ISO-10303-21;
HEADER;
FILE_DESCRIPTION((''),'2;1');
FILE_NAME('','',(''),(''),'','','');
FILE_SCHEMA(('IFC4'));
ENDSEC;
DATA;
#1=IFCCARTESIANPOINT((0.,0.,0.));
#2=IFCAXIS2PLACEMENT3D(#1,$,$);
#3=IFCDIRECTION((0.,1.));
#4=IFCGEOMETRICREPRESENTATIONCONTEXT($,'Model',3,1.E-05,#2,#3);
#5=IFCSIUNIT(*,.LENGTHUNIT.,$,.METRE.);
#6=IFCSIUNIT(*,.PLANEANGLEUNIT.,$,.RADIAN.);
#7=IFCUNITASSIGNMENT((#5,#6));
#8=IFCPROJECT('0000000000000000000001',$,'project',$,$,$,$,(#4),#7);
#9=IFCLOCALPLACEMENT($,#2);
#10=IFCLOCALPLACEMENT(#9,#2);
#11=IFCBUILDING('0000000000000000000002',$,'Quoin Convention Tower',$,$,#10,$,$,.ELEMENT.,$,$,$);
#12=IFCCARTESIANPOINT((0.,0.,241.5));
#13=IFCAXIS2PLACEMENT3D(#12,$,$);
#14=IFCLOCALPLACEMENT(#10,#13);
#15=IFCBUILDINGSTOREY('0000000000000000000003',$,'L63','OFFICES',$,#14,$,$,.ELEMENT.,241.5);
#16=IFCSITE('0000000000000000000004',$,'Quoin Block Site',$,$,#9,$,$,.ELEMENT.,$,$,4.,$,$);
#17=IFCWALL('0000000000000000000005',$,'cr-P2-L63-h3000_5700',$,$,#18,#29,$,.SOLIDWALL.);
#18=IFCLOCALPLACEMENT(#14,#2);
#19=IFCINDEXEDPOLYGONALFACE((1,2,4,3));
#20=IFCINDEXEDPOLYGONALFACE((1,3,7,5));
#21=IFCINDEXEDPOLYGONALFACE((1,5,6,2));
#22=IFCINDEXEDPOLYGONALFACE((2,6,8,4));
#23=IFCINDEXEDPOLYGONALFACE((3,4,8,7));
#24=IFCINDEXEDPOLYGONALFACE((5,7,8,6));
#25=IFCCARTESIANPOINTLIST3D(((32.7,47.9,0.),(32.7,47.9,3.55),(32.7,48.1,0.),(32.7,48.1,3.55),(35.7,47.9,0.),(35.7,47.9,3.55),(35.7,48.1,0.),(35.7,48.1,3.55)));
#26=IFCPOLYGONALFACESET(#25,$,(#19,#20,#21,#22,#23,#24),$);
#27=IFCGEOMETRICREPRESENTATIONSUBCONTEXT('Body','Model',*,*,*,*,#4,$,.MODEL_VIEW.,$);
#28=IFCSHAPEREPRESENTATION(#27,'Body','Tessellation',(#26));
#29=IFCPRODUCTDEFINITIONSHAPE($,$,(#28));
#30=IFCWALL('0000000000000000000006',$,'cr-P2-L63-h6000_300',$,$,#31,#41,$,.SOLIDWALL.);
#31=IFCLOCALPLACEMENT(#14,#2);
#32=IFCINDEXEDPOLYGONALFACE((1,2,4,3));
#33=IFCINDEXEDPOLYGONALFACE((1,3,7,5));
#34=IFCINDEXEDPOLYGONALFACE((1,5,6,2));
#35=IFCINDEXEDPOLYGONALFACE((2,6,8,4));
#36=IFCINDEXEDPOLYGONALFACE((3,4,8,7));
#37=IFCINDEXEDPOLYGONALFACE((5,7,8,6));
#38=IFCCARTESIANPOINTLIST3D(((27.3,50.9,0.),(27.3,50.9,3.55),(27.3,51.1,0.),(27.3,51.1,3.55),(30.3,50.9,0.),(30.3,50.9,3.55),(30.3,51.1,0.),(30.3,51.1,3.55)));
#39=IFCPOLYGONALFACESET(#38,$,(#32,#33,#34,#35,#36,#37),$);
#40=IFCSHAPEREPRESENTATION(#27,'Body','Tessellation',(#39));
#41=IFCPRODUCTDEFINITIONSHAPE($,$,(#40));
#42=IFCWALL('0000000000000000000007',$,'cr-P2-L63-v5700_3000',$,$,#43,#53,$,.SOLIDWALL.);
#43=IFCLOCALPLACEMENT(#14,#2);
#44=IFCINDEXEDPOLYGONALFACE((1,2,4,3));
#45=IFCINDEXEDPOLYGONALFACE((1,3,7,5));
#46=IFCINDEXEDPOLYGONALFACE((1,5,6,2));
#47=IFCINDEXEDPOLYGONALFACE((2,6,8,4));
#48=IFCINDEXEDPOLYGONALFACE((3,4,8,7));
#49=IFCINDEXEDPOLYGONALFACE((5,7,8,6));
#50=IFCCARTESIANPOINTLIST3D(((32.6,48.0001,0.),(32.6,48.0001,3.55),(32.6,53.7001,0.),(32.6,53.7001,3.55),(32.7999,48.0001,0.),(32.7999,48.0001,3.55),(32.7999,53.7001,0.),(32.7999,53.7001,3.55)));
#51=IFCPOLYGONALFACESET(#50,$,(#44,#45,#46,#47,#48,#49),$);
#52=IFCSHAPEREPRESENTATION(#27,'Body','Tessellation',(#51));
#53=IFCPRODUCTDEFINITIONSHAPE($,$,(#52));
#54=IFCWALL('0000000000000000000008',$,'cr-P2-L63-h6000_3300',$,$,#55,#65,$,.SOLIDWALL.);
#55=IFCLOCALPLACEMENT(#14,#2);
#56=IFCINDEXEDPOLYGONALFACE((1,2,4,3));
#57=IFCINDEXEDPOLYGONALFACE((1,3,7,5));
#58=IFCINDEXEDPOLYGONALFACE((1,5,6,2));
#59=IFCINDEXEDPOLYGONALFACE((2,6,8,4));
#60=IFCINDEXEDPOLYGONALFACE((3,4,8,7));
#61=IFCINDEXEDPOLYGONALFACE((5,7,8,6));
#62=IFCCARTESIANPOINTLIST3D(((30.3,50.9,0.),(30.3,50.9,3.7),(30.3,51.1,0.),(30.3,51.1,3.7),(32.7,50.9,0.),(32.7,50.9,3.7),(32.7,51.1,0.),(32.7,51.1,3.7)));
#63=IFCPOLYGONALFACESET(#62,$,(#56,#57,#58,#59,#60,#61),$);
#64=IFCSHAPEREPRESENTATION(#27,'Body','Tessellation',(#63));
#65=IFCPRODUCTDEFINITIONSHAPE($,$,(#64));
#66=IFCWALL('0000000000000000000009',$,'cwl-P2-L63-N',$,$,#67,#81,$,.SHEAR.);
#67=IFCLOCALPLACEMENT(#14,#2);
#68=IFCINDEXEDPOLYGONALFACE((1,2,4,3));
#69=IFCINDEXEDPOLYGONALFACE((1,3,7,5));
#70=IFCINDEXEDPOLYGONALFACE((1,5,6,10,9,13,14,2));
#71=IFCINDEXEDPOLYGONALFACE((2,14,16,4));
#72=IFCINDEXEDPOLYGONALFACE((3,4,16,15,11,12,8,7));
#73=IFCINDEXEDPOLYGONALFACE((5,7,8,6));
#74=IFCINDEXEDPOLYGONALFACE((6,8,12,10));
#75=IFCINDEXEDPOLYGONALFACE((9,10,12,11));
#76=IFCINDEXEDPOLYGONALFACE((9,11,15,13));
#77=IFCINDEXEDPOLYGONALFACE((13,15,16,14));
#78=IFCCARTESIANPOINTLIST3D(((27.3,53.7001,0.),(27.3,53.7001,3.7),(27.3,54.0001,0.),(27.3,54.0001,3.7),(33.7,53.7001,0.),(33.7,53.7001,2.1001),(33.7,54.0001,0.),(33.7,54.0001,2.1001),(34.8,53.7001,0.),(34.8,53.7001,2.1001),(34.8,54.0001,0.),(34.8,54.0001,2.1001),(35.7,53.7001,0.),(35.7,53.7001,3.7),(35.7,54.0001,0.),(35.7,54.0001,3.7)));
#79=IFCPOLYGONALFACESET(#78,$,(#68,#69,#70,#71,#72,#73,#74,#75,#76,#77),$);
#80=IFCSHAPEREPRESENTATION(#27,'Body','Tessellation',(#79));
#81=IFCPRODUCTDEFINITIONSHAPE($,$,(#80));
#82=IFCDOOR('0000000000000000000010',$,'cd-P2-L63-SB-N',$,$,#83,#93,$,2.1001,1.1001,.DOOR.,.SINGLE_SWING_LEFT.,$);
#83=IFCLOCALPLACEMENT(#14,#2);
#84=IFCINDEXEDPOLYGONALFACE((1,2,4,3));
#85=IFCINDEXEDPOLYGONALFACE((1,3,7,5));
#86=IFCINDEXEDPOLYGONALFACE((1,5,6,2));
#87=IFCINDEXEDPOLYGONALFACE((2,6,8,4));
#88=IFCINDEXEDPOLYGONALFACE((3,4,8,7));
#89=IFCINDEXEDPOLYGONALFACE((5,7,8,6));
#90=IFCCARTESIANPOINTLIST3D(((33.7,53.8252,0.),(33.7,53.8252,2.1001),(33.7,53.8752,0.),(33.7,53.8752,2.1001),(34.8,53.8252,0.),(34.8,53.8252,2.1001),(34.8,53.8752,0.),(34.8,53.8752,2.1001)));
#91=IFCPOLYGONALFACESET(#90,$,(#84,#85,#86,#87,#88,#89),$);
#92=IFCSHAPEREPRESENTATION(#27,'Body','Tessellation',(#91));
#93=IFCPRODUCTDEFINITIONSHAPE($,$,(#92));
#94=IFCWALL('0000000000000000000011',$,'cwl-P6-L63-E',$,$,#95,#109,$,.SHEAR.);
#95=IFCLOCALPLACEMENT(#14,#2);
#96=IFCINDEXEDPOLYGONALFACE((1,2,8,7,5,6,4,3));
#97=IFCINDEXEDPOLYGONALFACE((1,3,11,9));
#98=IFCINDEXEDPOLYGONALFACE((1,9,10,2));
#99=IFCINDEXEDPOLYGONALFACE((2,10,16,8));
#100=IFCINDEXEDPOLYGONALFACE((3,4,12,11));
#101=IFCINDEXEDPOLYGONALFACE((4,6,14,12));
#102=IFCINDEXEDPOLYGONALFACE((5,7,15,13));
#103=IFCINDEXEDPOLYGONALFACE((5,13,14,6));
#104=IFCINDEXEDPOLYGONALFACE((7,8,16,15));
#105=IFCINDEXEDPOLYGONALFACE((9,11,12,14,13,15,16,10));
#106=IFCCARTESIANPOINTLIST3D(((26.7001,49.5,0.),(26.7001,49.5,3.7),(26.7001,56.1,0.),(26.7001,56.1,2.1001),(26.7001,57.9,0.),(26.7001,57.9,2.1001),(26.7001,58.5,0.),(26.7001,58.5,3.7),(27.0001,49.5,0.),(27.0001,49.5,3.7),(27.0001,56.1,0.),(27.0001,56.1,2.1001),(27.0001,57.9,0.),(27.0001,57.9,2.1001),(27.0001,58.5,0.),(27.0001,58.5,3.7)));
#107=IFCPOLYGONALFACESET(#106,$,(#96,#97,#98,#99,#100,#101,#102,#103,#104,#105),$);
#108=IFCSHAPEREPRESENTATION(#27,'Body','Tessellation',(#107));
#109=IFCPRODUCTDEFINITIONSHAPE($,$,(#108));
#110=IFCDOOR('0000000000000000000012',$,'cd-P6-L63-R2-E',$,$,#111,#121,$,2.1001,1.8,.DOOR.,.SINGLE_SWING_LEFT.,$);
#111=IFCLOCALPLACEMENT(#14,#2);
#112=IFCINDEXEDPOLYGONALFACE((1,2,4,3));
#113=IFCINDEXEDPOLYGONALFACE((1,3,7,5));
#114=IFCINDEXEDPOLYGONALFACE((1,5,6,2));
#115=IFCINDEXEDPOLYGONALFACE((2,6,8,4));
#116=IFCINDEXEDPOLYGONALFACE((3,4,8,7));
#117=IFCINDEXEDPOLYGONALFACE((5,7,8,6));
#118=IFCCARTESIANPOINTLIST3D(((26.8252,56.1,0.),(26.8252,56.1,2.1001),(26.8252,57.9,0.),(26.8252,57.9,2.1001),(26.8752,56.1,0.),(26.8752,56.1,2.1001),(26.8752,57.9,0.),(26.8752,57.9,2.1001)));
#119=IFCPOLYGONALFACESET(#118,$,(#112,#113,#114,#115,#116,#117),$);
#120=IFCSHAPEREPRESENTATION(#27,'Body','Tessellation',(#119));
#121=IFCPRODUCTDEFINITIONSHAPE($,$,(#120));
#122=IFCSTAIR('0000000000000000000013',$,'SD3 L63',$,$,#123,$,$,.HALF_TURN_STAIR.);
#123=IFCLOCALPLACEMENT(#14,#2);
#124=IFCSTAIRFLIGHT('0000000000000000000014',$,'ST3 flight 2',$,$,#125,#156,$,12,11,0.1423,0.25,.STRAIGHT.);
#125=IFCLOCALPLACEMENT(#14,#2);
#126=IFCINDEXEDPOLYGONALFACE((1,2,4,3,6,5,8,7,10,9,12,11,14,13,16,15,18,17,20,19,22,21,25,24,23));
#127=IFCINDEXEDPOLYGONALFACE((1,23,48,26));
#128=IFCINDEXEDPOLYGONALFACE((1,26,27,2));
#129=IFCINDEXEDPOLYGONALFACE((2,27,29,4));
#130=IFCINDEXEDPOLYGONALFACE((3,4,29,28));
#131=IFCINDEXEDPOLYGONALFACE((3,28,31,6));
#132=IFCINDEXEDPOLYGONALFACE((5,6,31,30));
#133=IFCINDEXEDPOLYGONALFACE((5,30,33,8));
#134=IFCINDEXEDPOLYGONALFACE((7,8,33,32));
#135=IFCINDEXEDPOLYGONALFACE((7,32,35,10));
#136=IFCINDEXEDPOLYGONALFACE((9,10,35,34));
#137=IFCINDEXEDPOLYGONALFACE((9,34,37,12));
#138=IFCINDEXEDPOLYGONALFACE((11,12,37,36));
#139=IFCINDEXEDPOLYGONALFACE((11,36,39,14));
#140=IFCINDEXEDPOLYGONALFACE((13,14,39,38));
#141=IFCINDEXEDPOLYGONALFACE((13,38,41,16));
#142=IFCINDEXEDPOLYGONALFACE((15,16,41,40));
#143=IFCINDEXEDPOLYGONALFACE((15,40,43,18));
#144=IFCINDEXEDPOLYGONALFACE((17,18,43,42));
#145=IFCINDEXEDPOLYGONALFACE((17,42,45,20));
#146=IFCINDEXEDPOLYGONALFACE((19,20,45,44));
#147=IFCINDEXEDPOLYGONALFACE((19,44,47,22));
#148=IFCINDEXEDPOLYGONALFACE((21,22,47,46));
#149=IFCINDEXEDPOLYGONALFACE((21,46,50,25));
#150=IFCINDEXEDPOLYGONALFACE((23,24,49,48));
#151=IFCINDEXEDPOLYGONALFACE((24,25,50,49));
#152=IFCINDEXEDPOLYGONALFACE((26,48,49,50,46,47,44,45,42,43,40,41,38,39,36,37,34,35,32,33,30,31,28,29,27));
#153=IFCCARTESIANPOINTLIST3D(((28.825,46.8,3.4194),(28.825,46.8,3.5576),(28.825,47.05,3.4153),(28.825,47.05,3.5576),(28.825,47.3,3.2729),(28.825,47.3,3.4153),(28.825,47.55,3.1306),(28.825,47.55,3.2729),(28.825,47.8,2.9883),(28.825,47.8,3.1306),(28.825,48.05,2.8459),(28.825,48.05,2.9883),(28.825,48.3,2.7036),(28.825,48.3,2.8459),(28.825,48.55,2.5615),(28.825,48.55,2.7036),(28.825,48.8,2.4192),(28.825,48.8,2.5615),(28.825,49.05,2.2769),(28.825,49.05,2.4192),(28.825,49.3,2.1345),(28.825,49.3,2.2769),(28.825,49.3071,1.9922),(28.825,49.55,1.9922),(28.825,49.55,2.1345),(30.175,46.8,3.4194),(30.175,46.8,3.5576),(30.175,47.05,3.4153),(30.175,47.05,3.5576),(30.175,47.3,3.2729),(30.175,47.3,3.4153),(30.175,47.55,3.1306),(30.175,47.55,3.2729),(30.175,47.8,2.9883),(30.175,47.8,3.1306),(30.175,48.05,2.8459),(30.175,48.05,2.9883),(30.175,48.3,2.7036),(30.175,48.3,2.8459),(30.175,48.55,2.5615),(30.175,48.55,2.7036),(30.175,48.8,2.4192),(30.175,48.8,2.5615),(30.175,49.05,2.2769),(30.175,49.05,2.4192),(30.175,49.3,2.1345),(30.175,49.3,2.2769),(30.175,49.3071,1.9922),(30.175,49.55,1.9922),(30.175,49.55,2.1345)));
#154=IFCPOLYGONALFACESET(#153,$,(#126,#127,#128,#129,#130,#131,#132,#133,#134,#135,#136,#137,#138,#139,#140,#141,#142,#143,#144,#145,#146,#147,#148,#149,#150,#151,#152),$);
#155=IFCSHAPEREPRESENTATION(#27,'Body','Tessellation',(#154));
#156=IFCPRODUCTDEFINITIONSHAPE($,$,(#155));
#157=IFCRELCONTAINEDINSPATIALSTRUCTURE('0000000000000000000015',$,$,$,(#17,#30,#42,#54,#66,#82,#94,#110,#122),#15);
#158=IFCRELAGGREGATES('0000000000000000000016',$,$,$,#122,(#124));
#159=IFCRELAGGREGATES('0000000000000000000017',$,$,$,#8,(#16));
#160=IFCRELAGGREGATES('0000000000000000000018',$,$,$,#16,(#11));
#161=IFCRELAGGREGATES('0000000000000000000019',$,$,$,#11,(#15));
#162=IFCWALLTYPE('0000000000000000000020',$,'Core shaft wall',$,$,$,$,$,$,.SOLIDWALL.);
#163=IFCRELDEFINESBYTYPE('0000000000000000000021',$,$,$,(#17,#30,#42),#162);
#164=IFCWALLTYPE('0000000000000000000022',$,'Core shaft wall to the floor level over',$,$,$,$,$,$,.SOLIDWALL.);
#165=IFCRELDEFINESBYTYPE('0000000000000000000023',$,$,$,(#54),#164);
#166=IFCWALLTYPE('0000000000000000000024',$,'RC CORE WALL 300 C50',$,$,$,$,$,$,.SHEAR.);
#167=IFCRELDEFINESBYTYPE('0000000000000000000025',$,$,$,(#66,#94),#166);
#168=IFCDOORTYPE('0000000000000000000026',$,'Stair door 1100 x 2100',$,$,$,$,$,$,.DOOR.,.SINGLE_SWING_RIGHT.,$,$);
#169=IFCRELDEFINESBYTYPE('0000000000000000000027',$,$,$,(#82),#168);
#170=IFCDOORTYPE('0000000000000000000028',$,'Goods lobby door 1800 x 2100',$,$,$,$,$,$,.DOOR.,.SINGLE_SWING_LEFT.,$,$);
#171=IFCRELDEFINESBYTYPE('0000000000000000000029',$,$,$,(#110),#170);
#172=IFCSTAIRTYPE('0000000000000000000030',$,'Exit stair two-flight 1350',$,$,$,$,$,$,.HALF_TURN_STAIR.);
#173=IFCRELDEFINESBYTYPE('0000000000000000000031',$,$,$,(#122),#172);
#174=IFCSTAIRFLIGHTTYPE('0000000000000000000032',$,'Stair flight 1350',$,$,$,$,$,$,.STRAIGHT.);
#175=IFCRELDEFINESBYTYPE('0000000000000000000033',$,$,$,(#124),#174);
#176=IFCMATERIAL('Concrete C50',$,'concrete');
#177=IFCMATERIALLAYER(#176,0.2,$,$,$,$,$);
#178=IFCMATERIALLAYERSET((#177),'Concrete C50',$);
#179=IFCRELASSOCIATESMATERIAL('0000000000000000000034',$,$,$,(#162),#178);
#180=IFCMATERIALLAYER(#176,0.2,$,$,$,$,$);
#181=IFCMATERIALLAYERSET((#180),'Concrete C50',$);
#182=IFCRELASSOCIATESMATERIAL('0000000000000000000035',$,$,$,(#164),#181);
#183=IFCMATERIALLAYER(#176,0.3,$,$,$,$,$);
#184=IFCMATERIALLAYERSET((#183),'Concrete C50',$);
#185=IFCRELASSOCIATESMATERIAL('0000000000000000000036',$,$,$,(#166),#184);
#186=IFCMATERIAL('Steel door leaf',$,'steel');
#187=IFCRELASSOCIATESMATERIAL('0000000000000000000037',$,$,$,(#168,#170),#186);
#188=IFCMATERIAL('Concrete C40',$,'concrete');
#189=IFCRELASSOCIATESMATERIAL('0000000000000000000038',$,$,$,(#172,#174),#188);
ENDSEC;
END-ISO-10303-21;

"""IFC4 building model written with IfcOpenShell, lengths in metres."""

from ifc_helpers import new_model, si_unit, direction, frame, frame_2d, origin, place, context, subcontext, project, spatial, polyline, rectangle, outline, extrude, material, layer, layer_set, type_object, element, fill, aggregate, save


model = new_model("IFC4")

# Units and contexts
model_context = context("Model", 3, precision=1e-05, world=origin(), true_north=direction((0.0, 1.0)))
body_context = subcontext(model_context, "Body", "Model", "MODEL_VIEW")
ifc_project = project(units=[si_unit("LENGTHUNIT", "METRE"), si_unit("PLANEANGLEUNIT", "RADIAN")], contexts=[model_context])

# Site, building, storey
site_placement = place(None, origin())
site = spatial("IfcSite", under=ifc_project, at=site_placement, Name="Quoin Block Site", CompositionType="ELEMENT", RefElevation=4.0)
building_placement = place(site_placement, origin())
building = spatial("IfcBuilding", under=site, at=building_placement, Name="Quoin Convention Tower", CompositionType="ELEMENT")
storey_placement = place(building_placement, frame((0.0, 0.0, 241.5)))
storey = spatial("IfcBuildingStorey", under=building, at=storey_placement, Name="L63", Description="OFFICES", CompositionType="ELEMENT", Elevation=241.5)

# Shared definitions
ifc_material_1 = material(Name="Concrete C50", Category="concrete")

# Walls
ifc_layer_1 = layer(ifc_material_1, 0.2)
ifc_layer_set_1 = layer_set([ifc_layer_1], Name="Concrete C50")
wall_type_1 = type_object("IfcWallType", Name="Core shaft wall", PredefinedType="SOLIDWALL", material=ifc_layer_set_1)
for number, where, z_axis, x_axis, name in (
    (1, (32.7, 48.0, 0.0), (0.0, 0.0, 1.0), (1.0, 0.0, 0.0), "cr-P2-L63-h3000_5700"),
    (2, (27.3, 51.0, 0.0), (0.0, 0.0, 1.0), (1.0, 0.0, 0.0), "cr-P2-L63-h6000_300"),
):
    element("IfcWall", number, at=place(storey_placement, frame(where, z_axis=z_axis, x_axis=x_axis)), inside=storey, type_object=wall_type_1, Name=name, PredefinedType="SOLIDWALL", context=body_context, shape_type="SweptSolid", body=[
        extrude(rectangle(XDim=3.0, YDim=0.2, at=frame_2d((1.5, 0.0))), origin(), (0.0, 0.0, 1.0), 3.55),
    ])
wall_1_placement = place(storey_placement, frame((32.7, 48.0, 0.0), z_axis=(0.0, 0.0, 1.0), x_axis=(0.0, 1.0, 0.0)))
element("IfcWall", 3, at=wall_1_placement, inside=storey, type_object=wall_type_1, Name="cr-P2-L63-v5700_3000", PredefinedType="SOLIDWALL", context=body_context, shape_type="SweptSolid", body=[
    extrude(rectangle(XDim=5.7, YDim=0.2, at=frame_2d((2.8501, 0.0))), origin(), (0.0, 0.0, 1.0), 3.55),
])
ifc_layer_2 = layer(ifc_material_1, 0.2)
ifc_layer_set_2 = layer_set([ifc_layer_2], Name="Concrete C50")
wall_type_2 = type_object("IfcWallType", Name="Core shaft wall to the floor level over", PredefinedType="SOLIDWALL", material=ifc_layer_set_2)
wall_2_placement = place(storey_placement, frame((30.3, 51.0, 0.0), z_axis=(0.0, 0.0, 1.0), x_axis=(1.0, 0.0, 0.0)))
element("IfcWall", 4, at=wall_2_placement, inside=storey, type_object=wall_type_2, Name="cr-P2-L63-h6000_3300", PredefinedType="SOLIDWALL", context=body_context, shape_type="SweptSolid", body=[
    extrude(rectangle(XDim=2.3999, YDim=0.2, at=frame_2d((1.2, 0.0))), origin(), (0.0, 0.0, 1.0), 3.7),
])

# Walls, openings, doors
ifc_layer_3 = layer(ifc_material_1, 0.3)
ifc_layer_set_3 = layer_set([ifc_layer_3], Name="Concrete C50")
wall_type_3 = type_object("IfcWallType", Name="RC CORE WALL 300 C50", PredefinedType="SHEAR", material=ifc_layer_set_3)
wall_3_placement = place(storey_placement, frame((27.3, 53.8501, 0.0), z_axis=(0.0, 0.0, 1.0), x_axis=(1.0, 0.0, 0.0)))
wall_3 = element("IfcWall", 5, at=wall_3_placement, inside=storey, type_object=wall_type_3, Name="cwl-P2-L63-N", PredefinedType="SHEAR", context=body_context, shape_type="SweptSolid", body=[
    extrude(rectangle(XDim=8.3999, YDim=0.3, at=frame_2d((4.2, 0.0))), origin(), (0.0, 0.0, 1.0), 3.7),
])
opening_1_placement = place(wall_3_placement, frame((6.3999, 0.0, 0.0)))
opening_1 = element("IfcOpeningElement", 6, at=opening_1_placement, cuts=wall_3, PredefinedType="OPENING", context=body_context, shape_type="SweptSolid", body=[
    extrude(rectangle(XDim=1.1001, YDim=2.1001, at=frame_2d((0.55, 1.05))), frame((0.0, 0.1599, 0.0), z_axis=(0.0, -1.0, 0.0), x_axis=(1.0, 0.0, 0.0)), (0.0, 0.0, 1.0), 0.3201),
])
ifc_material_2 = material(Name="Steel door leaf", Category="steel")
door_type_1 = type_object("IfcDoorType", Name="Stair door 1100 x 2100", OperationType="SINGLE_SWING_RIGHT", PredefinedType="DOOR", material=ifc_material_2)
door_1_placement = place(opening_1_placement, frame((1.1001, 0.0, 0.0), z_axis=(0.0, 0.0, 1.0), x_axis=(-1.0, 0.0, 0.0)))
door_1 = element("IfcDoor", 7, at=door_1_placement, inside=storey, type_object=door_type_1, Name="cd-P2-L63-SB-N", OperationType="SINGLE_SWING_LEFT", OverallHeight=2.1001, OverallWidth=1.1001, PredefinedType="DOOR", context=body_context, shape_type="SweptSolid", body=[
    extrude(rectangle(XDim=1.1001, YDim=2.1001, at=frame_2d((0.55, 1.05))), frame((0.0, 0.0249, 0.0), z_axis=(0.0, -1.0, 0.0), x_axis=(1.0, 0.0, 0.0)), (0.0, 0.0, 1.0), 0.05),
])
fill(opening_1, door_1)
wall_4_placement = place(storey_placement, frame((26.8501, 49.5, 0.0), z_axis=(0.0, 0.0, 1.0), x_axis=(0.0, 1.0, 0.0)))
wall_4 = element("IfcWall", 8, at=wall_4_placement, inside=storey, type_object=wall_type_3, Name="cwl-P6-L63-E", PredefinedType="SHEAR", context=body_context, shape_type="SweptSolid", body=[
    extrude(rectangle(XDim=9.0, YDim=0.3, at=frame_2d((4.5, 0.0))), origin(), (0.0, 0.0, 1.0), 3.7),
])
opening_2_placement = place(wall_4_placement, frame((6.6001, 0.0, 0.0)))
opening_2 = element("IfcOpeningElement", 9, at=opening_2_placement, cuts=wall_4, PredefinedType="OPENING", context=body_context, shape_type="SweptSolid", body=[
    extrude(rectangle(XDim=1.8, YDim=2.1001, at=frame_2d((0.8999, 1.05))), frame((0.0, 0.1599, 0.0), z_axis=(0.0, -1.0, 0.0), x_axis=(1.0, 0.0, 0.0)), (0.0, 0.0, 1.0), 0.3201),
])
door_type_2 = type_object("IfcDoorType", Name="Goods lobby door 1800 x 2100", OperationType="SINGLE_SWING_LEFT", PredefinedType="DOOR", material=ifc_material_2)
door_2_placement = place(opening_2_placement, origin())
door_2 = element("IfcDoor", 10, at=door_2_placement, inside=storey, type_object=door_type_2, Name="cd-P6-L63-R2-E", OperationType="SINGLE_SWING_LEFT", OverallHeight=2.1001, OverallWidth=1.8, PredefinedType="DOOR", context=body_context, shape_type="SweptSolid", body=[
    extrude(rectangle(XDim=1.8, YDim=2.1001, at=frame_2d((0.8999, 1.05))), frame((0.0, 0.0249, 0.0), z_axis=(0.0, -1.0, 0.0), x_axis=(1.0, 0.0, 0.0)), (0.0, 0.0, 1.0), 0.05),
])
fill(opening_2, door_2)

# Stair, stair flight
ifc_material_3 = material(Name="Concrete C40", Category="concrete")
stair_type_1 = type_object("IfcStairType", Name="Exit stair two-flight 1350", PredefinedType="HALF_TURN_STAIR", material=ifc_material_3)
stair_1_placement = place(storey_placement, origin())
stair_1 = element("IfcStair", 11, at=stair_1_placement, inside=storey, type_object=stair_type_1, Name="SD3 L63", PredefinedType="HALF_TURN_STAIR")
stair_flight_type_1 = type_object("IfcStairFlightType", Name="Stair flight 1350", PredefinedType="STRAIGHT", material=ifc_material_3)
stair_flight_1_placement = place(storey_placement, frame((29.5, 49.55, 1.9922), z_axis=(0.0, 0.0, 1.0), x_axis=(0.0, -1.0, 0.0)))
stair_flight_1 = element("IfcStairFlight", 12, at=stair_flight_1_placement, type_object=stair_flight_type_1, Name="ST3 flight 2", NumberOfRisers=12, NumberOfTreads=11, PredefinedType="STRAIGHT", RiserHeight=0.1423, TreadLength=0.25, context=body_context, shape_type="SweptSolid", body=[
    extrude(outline(polyline([(0.0, 0.0), (0.0, 0.1423), (0.25, 0.1423), (0.25, 0.2847), (0.5, 0.2847), (0.5, 0.427), (0.75, 0.427), (0.75, 0.5693), (1.0, 0.5693), (1.0, 0.7114), (1.25, 0.7114), (1.25, 0.8538), (1.5, 0.8538), (1.5, 0.9961), (1.75, 0.9961), (1.75, 1.1384), (2.0, 1.1384), (2.0, 1.2808), (2.25, 1.2808), (2.25, 1.4231), (2.5, 1.4231), (2.5, 1.5654), (2.75, 1.5654), (2.75, 1.7078), (2.75, 1.4272), (0.2429, 0.0), (0.0, 0.0)])), frame((0.0, 0.675, 0.0), z_axis=(0.0, -1.0, 0.0), x_axis=(1.0, 0.0, 0.0)), (0.0, 0.0, 1.0), 1.3501),
])
aggregate(stair_1, [stair_flight_1])

save(model, "model.ifc")
